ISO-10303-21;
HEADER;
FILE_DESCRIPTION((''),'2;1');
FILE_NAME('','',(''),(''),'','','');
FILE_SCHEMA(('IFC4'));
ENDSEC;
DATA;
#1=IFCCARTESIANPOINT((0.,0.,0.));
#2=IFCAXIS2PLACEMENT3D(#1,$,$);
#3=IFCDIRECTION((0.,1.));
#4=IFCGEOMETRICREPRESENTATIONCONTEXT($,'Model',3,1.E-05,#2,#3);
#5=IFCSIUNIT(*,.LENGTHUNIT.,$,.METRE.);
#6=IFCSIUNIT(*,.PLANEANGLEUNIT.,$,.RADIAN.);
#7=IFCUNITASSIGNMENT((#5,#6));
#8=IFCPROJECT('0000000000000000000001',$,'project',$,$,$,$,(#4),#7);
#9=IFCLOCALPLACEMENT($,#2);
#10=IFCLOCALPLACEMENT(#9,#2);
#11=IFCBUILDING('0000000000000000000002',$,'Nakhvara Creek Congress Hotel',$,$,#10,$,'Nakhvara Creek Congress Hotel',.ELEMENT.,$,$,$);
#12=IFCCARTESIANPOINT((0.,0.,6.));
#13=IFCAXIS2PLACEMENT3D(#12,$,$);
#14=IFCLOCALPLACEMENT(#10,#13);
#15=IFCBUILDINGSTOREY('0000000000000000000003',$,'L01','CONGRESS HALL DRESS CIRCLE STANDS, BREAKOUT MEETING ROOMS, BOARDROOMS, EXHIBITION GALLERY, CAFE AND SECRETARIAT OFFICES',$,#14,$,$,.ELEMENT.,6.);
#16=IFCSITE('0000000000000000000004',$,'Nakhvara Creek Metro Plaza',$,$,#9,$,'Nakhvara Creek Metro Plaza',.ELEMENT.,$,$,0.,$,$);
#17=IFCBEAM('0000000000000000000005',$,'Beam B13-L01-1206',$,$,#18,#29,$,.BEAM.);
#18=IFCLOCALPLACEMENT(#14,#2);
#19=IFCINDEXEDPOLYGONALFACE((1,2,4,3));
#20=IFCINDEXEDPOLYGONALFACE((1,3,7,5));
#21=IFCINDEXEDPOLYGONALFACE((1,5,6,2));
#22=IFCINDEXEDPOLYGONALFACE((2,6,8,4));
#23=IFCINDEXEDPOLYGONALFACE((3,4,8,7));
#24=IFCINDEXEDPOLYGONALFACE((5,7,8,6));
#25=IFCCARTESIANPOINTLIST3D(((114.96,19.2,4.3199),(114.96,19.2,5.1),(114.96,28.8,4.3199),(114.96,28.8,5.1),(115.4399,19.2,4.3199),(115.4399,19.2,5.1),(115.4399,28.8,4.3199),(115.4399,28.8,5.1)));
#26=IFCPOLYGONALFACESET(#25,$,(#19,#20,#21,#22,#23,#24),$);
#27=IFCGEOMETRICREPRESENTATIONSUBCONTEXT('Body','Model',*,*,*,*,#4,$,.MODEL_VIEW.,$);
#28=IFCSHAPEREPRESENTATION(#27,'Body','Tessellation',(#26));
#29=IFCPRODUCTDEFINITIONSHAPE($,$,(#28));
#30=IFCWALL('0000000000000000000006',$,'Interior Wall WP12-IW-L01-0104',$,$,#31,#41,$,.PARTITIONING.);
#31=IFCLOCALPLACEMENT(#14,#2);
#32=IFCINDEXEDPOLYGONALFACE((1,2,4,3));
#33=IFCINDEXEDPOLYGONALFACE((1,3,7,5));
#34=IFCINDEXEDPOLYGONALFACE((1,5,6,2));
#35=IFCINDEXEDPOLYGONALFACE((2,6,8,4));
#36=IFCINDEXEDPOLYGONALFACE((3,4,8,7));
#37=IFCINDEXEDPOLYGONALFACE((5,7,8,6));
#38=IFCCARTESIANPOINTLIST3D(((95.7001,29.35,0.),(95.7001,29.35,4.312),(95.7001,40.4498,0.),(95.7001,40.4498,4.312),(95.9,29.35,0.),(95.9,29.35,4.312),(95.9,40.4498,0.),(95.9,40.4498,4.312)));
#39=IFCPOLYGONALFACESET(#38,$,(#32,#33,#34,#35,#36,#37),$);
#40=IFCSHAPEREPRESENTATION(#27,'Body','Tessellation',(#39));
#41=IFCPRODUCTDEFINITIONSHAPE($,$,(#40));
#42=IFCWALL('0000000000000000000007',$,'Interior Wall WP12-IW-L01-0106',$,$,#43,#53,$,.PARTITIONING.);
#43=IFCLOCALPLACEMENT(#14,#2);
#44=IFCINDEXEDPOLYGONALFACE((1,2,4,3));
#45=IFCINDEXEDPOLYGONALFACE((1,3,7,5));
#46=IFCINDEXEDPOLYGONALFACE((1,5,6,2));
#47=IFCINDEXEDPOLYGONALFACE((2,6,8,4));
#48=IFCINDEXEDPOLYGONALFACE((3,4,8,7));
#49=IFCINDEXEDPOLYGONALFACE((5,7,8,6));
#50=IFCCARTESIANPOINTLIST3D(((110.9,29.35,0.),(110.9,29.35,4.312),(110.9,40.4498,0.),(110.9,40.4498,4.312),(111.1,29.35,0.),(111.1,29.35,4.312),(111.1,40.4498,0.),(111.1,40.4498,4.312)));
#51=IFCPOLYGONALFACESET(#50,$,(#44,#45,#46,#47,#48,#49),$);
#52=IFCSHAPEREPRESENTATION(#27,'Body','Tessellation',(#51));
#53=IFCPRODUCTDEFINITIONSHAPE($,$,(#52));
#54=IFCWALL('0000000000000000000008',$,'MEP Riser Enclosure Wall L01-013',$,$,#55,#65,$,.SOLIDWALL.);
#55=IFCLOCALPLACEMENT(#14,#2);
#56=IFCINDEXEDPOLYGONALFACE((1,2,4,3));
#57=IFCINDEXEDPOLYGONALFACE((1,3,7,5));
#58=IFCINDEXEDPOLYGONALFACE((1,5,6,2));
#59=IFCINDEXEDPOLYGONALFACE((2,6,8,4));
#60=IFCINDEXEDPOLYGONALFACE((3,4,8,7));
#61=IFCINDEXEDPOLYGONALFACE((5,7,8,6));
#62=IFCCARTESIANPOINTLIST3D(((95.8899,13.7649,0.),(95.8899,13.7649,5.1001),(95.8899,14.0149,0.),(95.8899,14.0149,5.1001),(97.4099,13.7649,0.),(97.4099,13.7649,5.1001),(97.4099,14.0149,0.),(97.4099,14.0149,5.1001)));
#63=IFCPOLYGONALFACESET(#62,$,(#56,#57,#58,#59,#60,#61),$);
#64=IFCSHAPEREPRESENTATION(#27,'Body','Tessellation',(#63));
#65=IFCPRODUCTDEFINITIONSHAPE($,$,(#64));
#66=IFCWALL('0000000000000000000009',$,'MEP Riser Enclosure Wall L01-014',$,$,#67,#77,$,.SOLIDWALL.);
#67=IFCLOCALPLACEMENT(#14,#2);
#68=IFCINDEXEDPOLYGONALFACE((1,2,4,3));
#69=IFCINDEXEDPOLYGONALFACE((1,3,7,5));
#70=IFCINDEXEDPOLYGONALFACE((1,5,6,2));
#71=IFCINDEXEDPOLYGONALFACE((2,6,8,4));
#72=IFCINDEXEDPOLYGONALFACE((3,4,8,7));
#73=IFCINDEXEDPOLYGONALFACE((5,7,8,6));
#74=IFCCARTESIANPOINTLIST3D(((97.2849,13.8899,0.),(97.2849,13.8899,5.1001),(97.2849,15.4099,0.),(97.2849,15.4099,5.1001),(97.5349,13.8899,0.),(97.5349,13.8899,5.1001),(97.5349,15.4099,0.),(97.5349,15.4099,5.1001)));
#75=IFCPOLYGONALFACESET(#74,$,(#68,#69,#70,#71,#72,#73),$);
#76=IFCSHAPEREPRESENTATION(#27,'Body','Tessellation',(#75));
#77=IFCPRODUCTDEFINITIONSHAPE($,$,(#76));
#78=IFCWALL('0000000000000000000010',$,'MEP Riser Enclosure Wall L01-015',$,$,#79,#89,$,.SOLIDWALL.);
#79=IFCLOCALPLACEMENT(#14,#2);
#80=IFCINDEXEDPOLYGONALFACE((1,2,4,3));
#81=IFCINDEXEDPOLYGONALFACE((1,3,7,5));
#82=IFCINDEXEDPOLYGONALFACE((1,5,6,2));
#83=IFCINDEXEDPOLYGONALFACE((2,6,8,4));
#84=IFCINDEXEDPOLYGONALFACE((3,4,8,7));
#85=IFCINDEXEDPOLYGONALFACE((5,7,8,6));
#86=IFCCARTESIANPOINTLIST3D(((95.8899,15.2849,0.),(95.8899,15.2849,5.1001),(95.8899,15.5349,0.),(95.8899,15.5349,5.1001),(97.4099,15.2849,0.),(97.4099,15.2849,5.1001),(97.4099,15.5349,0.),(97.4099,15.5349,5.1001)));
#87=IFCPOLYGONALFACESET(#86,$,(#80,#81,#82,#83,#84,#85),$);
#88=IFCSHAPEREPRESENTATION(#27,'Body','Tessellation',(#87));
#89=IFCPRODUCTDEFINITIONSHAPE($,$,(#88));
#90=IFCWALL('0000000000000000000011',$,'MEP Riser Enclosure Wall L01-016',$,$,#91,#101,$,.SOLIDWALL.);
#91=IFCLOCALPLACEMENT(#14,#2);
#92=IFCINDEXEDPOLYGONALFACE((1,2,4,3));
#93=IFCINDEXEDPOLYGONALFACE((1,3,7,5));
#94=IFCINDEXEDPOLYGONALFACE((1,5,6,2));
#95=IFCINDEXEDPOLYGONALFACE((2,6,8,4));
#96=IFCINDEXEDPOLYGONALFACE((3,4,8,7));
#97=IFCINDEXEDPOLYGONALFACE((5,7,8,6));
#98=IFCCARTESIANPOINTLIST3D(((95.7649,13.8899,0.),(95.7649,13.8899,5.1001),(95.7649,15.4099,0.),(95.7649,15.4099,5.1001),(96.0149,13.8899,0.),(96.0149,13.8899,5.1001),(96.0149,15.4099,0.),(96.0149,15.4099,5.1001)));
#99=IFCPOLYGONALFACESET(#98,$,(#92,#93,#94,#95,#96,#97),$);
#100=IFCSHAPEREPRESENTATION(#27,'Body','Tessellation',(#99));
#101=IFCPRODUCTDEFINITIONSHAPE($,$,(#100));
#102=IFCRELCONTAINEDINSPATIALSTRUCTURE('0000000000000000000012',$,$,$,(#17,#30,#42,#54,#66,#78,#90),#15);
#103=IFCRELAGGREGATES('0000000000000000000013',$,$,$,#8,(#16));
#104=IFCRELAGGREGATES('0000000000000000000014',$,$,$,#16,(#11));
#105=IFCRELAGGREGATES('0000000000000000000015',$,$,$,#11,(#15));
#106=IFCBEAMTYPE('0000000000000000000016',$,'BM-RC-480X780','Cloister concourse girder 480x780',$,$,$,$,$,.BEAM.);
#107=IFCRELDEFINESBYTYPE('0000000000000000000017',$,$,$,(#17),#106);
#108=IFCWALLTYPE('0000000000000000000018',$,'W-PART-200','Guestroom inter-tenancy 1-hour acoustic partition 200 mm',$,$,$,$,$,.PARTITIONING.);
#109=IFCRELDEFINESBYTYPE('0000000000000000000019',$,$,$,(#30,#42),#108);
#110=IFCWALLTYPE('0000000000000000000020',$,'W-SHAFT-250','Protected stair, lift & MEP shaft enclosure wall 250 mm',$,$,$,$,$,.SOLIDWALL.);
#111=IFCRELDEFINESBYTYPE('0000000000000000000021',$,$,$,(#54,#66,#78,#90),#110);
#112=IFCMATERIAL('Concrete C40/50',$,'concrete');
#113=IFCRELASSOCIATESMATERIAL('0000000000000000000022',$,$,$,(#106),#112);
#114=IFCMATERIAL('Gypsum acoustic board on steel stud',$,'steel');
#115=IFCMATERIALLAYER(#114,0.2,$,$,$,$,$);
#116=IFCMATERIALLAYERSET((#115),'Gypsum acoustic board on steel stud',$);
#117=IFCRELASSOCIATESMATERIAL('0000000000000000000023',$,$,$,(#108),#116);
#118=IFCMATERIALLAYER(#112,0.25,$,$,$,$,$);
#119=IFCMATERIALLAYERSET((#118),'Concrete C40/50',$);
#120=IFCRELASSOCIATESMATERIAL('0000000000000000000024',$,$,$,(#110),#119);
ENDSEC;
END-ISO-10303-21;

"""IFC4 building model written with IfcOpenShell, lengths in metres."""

from ifc_helpers import new_model, si_unit, direction, frame, frame_2d, origin, origin_2d, place, context, subcontext, project, spatial, rectangle, extrude, material, layer, layer_set, material_profile, profile_set, type_object, element, save


model = new_model("IFC4")

# Units and contexts
model_context = context("Model", 3, precision=1e-05, world=origin(), true_north=direction((0.0, 1.0)))
body_context = subcontext(model_context, "Body", "Model", "MODEL_VIEW")
ifc_project = project(units=[si_unit("LENGTHUNIT", "METRE"), si_unit("PLANEANGLEUNIT", "RADIAN")], contexts=[model_context])

# Site, building, storey
site_placement = place(None, origin())
site = spatial("IfcSite", under=ifc_project, at=site_placement, Name="Nakhvara Creek Metro Plaza", LongName="Nakhvara Creek Metro Plaza", CompositionType="ELEMENT", RefElevation=0.0)
building_placement = place(site_placement, origin())
building = spatial("IfcBuilding", under=site, at=building_placement, Name="Nakhvara Creek Congress Hotel", LongName="Nakhvara Creek Congress Hotel", CompositionType="ELEMENT")
storey_placement = place(building_placement, frame((0.0, 0.0, 6.0)))
storey = spatial("IfcBuildingStorey", under=building, at=storey_placement, Name="L01", Description="CONGRESS HALL DRESS CIRCLE STANDS, BREAKOUT MEETING ROOMS, BOARDROOMS, EXHIBITION GALLERY, CAFE AND SECRETARIAT OFFICES", CompositionType="ELEMENT", Elevation=6.0)

# Beam
ifc_material_1 = material(Name="Concrete C40/50", Category="concrete")
ifc_material_profile_1 = material_profile(ifc_material_1, rectangle(XDim=0.48, YDim=0.78, at=origin_2d()), Name="RC-BM 480x780", Category="LoadBearing")
ifc_profile_set_1 = profile_set([ifc_material_profile_1], Name="Concrete C40/50")
beam_type_1 = type_object("IfcBeamType", Name="BM-RC-480X780", Description="Cloister concourse girder 480x780", PredefinedType="BEAM", material=ifc_profile_set_1)
beam_1_placement = place(storey_placement, frame((115.2, 19.2, 4.71), z_axis=(0.0, 1.0, 0.0), x_axis=(-1.0, 0.0, 0.0)))
element("IfcBeam", 1, at=beam_1_placement, inside=storey, type_object=beam_type_1, Name="Beam B13-L01-1206", PredefinedType="BEAM", context=body_context, shape_type="SweptSolid", body=[
    extrude(rectangle(XDim=0.48, YDim=0.78, at=origin_2d()), origin(), (0.0, 0.0, 1.0), 9.6001),
])

# Walls
ifc_material_2 = material(Name="Gypsum acoustic board on steel stud", Category="steel")
ifc_layer_1 = layer(ifc_material_2, 0.2)
ifc_layer_set_1 = layer_set([ifc_layer_1], Name="Gypsum acoustic board on steel stud")
wall_type_1 = type_object("IfcWallType", Name="W-PART-200", Description="Guestroom inter-tenancy 1-hour acoustic partition 200 mm", PredefinedType="PARTITIONING", material=ifc_layer_set_1)
for number, where, z_axis, x_axis, name in (
    (2, (95.8, 29.3501, 0.0), (0.0, 0.0, 1.0), (0.0, 1.0, 0.0), "Interior Wall WP12-IW-L01-0104"),
    (3, (111.0, 29.3501, 0.0), (0.0, 0.0, 1.0), (0.0, 1.0, 0.0), "Interior Wall WP12-IW-L01-0106"),
):
    element("IfcWall", number, at=place(storey_placement, frame(where, z_axis=z_axis, x_axis=x_axis)), inside=storey, type_object=wall_type_1, Name=name, PredefinedType="PARTITIONING", context=body_context, shape_type="SweptSolid", body=[
        extrude(rectangle(XDim=11.0999, YDim=0.2, at=frame_2d((5.5498, 0.0))), origin(), (0.0, 0.0, 1.0), 4.312),
    ])
ifc_layer_2 = layer(ifc_material_1, 0.25)
ifc_layer_set_2 = layer_set([ifc_layer_2], Name="Concrete C40/50")
wall_type_2 = type_object("IfcWallType", Name="W-SHAFT-250", Description="Protected stair, lift & MEP shaft enclosure wall 250 mm", PredefinedType="SOLIDWALL", material=ifc_layer_set_2)
for number, where, z_axis, x_axis, name in (
    (4, (95.8899, 13.8899, 0.0), (0.0, 0.0, 1.0), (1.0, 0.0, 0.0), "MEP Riser Enclosure Wall L01-013"),
    (5, (97.4099, 13.8899, 0.0), (0.0, 0.0, 1.0), (0.0, 1.0, 0.0), "MEP Riser Enclosure Wall L01-014"),
    (6, (97.4099, 15.4099, 0.0), (0.0, 0.0, 1.0), (-1.0, 0.0, 0.0), "MEP Riser Enclosure Wall L01-015"),
    (7, (95.8899, 15.4099, 0.0), (0.0, 0.0, 1.0), (0.0, -1.0, 0.0), "MEP Riser Enclosure Wall L01-016"),
):
    element("IfcWall", number, at=place(storey_placement, frame(where, z_axis=z_axis, x_axis=x_axis)), inside=storey, type_object=wall_type_2, Name=name, PredefinedType="SOLIDWALL", context=body_context, shape_type="SweptSolid", body=[
        extrude(rectangle(XDim=1.52, YDim=0.25, at=frame_2d((0.76, 0.0))), origin(), (0.0, 0.0, 1.0), 5.1001),
    ])

save(model, "model.ifc")
